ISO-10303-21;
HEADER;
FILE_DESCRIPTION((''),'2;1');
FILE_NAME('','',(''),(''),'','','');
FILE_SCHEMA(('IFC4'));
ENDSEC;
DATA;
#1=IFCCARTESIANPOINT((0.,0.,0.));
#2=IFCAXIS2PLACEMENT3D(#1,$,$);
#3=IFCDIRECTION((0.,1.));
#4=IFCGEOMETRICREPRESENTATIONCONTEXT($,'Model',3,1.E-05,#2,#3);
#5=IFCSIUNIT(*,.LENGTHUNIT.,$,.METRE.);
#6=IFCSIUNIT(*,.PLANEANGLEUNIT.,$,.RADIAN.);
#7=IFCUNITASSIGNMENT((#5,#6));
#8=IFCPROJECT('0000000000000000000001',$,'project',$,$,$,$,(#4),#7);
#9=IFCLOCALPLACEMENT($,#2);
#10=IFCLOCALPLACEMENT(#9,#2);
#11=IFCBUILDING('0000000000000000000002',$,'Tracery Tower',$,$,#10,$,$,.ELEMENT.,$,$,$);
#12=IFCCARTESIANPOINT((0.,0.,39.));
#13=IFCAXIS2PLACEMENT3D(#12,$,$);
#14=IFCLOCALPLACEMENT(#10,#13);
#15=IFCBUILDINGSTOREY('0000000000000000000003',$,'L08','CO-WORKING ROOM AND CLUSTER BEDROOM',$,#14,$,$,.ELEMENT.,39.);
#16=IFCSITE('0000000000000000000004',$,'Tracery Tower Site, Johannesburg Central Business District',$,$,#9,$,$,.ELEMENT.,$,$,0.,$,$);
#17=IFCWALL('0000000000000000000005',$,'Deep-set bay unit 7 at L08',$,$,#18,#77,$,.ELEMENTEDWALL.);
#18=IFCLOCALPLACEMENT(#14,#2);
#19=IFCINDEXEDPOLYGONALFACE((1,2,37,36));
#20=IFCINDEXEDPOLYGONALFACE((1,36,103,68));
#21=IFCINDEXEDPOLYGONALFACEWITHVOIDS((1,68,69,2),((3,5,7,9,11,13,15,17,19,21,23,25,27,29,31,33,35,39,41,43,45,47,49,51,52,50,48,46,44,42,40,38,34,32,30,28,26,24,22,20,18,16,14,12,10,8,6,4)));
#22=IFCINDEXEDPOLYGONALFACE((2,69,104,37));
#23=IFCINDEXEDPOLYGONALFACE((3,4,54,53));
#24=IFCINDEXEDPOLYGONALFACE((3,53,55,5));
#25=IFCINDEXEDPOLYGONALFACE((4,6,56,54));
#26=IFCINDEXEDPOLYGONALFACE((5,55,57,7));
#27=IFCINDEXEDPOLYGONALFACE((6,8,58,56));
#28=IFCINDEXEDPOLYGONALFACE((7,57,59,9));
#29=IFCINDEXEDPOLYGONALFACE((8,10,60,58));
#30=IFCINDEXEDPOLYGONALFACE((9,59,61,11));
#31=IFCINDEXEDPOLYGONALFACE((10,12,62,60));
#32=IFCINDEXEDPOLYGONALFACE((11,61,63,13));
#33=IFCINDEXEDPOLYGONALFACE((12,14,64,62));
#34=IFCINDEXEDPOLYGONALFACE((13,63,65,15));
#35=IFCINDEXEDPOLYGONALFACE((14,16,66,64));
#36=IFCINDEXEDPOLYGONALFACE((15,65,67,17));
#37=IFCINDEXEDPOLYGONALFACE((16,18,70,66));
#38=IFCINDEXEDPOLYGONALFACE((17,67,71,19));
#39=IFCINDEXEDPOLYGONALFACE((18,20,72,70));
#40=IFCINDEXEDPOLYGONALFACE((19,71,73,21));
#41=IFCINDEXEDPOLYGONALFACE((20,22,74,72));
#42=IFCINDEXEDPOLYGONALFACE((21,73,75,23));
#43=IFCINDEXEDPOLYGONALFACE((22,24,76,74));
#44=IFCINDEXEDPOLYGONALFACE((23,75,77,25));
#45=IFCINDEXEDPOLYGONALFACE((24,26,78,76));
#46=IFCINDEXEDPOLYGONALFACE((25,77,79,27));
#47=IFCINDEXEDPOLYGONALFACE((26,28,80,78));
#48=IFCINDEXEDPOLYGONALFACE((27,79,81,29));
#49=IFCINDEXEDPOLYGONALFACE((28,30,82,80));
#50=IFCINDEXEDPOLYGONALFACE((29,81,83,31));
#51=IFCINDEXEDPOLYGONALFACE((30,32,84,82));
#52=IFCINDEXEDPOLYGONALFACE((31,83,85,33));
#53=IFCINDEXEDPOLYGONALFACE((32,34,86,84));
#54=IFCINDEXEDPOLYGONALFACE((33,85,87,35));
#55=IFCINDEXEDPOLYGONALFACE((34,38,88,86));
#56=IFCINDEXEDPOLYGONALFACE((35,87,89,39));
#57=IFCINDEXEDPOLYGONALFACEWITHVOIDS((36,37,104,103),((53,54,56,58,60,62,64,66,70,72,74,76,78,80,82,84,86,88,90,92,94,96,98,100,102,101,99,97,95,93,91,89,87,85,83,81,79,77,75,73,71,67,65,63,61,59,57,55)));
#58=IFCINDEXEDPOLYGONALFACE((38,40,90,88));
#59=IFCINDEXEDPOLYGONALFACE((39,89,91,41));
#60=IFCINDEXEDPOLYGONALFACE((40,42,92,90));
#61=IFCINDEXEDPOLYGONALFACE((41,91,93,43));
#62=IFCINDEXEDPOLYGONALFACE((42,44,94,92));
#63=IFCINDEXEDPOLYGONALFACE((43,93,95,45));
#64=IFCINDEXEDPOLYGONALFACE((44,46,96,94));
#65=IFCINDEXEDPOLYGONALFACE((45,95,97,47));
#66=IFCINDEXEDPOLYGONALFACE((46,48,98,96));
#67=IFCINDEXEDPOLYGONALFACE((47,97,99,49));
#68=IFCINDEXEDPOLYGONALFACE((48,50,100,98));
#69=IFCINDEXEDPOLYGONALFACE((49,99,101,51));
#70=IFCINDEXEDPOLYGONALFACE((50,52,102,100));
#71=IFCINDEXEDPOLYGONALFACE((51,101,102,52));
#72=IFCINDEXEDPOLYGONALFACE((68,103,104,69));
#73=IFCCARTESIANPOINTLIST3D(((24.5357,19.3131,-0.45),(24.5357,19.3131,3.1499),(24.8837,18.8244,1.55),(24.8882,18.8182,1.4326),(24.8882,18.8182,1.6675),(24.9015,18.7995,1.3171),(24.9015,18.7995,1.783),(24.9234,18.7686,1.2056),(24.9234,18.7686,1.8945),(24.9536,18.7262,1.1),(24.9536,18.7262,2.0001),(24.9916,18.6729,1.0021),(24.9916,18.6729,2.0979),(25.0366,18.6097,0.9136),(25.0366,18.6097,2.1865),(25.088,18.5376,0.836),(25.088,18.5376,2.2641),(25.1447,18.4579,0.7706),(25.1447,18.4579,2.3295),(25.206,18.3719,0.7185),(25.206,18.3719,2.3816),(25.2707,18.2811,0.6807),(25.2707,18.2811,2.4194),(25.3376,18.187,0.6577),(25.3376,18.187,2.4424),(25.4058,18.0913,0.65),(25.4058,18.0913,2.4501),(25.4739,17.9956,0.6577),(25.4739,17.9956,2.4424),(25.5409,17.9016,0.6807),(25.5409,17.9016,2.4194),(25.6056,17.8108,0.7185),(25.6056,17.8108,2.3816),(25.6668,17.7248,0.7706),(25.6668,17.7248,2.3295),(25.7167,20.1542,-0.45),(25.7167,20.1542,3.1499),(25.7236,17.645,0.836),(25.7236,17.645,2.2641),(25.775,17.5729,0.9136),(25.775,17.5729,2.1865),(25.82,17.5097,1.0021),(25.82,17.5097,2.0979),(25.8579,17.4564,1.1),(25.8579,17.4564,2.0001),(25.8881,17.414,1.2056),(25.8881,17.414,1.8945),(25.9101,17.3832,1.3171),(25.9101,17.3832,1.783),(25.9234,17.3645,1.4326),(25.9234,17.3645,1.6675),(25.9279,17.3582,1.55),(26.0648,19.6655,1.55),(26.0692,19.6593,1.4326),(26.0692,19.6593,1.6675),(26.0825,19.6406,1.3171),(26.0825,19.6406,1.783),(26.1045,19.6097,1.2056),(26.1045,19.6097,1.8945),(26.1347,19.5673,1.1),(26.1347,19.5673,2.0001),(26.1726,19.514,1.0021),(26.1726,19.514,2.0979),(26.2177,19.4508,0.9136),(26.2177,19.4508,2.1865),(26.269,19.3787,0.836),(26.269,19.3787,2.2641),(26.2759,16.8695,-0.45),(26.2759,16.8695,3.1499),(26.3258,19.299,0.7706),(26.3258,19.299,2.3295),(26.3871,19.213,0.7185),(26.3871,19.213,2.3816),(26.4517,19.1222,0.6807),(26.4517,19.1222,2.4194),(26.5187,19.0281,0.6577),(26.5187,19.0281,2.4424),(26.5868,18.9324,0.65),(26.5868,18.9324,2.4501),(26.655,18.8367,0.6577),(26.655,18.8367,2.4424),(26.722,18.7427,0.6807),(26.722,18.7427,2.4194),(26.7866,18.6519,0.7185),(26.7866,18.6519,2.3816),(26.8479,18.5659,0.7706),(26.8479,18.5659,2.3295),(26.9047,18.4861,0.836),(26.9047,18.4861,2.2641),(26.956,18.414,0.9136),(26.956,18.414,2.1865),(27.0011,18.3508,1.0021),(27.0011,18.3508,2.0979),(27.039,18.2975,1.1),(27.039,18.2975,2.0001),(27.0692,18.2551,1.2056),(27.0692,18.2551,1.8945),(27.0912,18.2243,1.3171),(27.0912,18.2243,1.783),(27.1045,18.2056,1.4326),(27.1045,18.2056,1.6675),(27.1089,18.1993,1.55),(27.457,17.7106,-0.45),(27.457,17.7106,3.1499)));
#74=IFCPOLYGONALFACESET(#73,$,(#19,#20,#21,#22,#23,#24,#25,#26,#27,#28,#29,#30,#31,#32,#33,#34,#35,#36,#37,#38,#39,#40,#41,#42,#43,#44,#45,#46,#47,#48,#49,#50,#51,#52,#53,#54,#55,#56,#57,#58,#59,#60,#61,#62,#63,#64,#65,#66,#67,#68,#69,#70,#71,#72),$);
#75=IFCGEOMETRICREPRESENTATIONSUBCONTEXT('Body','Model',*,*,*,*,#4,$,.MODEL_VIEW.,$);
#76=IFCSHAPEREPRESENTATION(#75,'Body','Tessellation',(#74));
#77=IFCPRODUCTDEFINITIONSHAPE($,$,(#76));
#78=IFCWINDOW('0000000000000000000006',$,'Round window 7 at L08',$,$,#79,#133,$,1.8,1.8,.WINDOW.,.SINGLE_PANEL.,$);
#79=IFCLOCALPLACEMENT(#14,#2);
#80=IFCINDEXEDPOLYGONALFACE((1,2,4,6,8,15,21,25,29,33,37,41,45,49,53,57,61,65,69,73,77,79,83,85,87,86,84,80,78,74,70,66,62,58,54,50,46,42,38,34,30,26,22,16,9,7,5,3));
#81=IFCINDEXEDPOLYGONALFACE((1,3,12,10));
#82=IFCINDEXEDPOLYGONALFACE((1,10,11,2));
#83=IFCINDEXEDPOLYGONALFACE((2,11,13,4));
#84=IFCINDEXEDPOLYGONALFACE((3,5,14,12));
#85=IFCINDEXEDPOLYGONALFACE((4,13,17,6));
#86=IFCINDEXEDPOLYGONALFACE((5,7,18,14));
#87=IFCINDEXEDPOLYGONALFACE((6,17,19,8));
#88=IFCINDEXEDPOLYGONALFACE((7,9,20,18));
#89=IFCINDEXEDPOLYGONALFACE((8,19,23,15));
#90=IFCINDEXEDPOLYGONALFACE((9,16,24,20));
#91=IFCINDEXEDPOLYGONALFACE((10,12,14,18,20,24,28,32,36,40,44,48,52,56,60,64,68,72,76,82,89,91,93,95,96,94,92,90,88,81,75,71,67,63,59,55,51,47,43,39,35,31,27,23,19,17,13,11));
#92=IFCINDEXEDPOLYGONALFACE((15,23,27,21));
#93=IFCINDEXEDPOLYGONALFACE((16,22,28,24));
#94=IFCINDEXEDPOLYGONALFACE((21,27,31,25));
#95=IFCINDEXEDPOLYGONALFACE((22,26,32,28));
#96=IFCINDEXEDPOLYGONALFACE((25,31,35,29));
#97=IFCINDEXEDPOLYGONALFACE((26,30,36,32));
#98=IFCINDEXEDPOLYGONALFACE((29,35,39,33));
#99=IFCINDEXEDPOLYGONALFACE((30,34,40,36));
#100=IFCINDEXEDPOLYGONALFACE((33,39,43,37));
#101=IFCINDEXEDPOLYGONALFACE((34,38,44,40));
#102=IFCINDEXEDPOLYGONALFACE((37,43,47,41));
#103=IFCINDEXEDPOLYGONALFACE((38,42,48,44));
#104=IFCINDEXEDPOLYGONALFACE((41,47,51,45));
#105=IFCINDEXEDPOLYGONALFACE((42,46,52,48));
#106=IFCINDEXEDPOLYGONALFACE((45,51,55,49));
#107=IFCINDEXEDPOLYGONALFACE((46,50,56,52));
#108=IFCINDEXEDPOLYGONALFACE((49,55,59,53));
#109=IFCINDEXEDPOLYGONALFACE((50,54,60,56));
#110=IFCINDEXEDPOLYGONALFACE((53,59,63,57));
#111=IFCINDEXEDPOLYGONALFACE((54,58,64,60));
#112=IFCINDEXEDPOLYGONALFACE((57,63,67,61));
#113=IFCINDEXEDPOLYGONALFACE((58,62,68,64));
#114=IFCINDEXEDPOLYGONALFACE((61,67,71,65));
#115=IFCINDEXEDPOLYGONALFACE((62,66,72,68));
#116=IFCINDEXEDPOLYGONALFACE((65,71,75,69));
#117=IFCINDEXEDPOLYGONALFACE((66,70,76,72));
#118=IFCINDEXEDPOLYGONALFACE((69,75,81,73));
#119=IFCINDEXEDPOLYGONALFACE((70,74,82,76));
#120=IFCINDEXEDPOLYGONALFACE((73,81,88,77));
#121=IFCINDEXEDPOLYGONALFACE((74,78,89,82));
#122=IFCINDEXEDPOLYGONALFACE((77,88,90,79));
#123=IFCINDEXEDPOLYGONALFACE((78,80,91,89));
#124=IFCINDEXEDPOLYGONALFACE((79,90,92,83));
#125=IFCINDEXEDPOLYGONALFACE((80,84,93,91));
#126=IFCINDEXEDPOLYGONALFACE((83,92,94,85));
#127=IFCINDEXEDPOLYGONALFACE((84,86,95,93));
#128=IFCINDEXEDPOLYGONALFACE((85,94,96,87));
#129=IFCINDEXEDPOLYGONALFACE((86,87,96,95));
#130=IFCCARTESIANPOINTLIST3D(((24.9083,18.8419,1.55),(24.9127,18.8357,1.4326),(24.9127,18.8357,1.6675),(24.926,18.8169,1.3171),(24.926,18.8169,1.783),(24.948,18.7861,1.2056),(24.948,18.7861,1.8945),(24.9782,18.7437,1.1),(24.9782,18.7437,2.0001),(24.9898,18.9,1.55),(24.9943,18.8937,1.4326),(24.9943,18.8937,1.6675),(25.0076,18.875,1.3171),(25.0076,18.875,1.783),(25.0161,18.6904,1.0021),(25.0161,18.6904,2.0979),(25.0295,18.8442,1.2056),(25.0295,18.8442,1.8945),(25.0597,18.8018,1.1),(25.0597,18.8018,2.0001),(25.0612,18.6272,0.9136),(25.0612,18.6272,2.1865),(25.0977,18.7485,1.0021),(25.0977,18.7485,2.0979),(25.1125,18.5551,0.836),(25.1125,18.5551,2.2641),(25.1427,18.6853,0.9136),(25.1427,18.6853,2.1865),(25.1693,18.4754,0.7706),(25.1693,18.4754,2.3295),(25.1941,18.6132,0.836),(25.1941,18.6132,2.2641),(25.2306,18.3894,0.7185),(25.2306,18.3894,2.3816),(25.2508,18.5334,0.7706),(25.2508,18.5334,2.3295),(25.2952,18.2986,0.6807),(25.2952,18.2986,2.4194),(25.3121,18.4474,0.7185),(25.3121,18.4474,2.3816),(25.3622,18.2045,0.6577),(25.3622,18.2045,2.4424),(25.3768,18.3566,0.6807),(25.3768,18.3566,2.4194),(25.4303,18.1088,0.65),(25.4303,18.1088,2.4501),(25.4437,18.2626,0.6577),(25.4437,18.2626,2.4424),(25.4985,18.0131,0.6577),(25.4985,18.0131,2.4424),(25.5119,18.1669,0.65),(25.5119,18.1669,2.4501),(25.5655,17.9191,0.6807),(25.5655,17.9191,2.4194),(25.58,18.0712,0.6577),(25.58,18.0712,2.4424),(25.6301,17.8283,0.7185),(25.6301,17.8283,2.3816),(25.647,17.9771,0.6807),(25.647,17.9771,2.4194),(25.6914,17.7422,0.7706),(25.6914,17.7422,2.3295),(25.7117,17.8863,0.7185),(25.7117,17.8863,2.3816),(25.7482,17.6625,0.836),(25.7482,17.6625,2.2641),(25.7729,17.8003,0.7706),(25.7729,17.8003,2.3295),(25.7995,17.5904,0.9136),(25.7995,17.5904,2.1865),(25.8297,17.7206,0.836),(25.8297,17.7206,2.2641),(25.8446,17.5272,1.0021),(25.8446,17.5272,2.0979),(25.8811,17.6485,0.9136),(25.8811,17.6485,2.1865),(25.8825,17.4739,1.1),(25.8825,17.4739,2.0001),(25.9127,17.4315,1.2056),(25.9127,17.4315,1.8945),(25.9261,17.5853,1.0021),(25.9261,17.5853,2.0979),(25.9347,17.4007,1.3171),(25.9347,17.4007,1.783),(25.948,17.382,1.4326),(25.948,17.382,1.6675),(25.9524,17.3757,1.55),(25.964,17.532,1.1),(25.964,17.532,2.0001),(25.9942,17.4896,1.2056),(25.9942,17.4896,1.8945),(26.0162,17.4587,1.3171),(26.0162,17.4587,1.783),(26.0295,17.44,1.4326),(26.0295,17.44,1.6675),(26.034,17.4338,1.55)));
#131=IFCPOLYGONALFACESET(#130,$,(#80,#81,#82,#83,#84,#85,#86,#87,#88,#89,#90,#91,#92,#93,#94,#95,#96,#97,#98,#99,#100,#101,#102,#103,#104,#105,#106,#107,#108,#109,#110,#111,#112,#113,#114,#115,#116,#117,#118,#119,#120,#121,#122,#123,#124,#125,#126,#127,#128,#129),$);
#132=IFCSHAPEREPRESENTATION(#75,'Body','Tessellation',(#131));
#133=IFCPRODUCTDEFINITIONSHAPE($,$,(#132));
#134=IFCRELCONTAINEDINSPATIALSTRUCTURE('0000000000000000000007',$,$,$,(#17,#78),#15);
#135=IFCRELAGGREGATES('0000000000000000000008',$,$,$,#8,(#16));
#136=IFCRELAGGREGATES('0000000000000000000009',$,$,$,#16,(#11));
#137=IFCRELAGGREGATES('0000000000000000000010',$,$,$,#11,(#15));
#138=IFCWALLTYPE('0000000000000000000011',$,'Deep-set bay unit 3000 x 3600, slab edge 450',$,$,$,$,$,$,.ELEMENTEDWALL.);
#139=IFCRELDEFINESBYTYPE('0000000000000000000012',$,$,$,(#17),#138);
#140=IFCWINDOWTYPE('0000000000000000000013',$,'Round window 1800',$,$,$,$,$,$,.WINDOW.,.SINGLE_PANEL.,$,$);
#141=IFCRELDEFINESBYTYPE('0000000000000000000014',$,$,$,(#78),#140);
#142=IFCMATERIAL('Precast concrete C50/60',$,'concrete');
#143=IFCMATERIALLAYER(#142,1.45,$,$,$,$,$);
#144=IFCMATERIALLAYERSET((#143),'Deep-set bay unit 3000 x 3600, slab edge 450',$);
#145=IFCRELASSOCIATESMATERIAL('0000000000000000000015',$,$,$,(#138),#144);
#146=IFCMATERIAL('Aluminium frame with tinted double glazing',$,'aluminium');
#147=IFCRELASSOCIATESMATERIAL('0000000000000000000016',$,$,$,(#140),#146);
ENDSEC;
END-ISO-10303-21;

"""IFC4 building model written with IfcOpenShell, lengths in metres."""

from ifc_helpers import new_model, si_unit, direction, frame, frame_2d, origin, origin_2d, place, context, subcontext, project, spatial, rectangle, circle, extrude, material, layer, layer_set, type_object, element, fill, save


model = new_model("IFC4")

# Units and contexts
model_context = context("Model", 3, precision=1e-05, world=origin(), true_north=direction((0.0, 1.0)))
body_context = subcontext(model_context, "Body", "Model", "MODEL_VIEW")
ifc_project = project(units=[si_unit("LENGTHUNIT", "METRE"), si_unit("PLANEANGLEUNIT", "RADIAN")], contexts=[model_context])

# Site, building, storey
site_placement = place(None, origin())
site = spatial("IfcSite", under=ifc_project, at=site_placement, Name="Tracery Tower Site, Johannesburg Central Business District", CompositionType="ELEMENT", RefElevation=0.0)
building_placement = place(site_placement, origin())
building = spatial("IfcBuilding", under=site, at=building_placement, Name="Tracery Tower", CompositionType="ELEMENT")
storey_placement = place(building_placement, frame((0.0, 0.0, 39.0)))
storey = spatial("IfcBuildingStorey", under=building, at=storey_placement, Name="L08", Description="CO-WORKING ROOM AND CLUSTER BEDROOM", CompositionType="ELEMENT", Elevation=39.0)

# Wall, opening, window
ifc_material_1 = material(Name="Precast concrete C50/60", Category="concrete")
ifc_layer_1 = layer(ifc_material_1, 1.45)
ifc_layer_set_1 = layer_set([ifc_layer_1], Name="Deep-set bay unit 3000 x 3600, slab edge 450")
wall_type_1 = type_object("IfcWallType", Name="Deep-set bay unit 3000 x 3600, slab edge 450", PredefinedType="ELEMENTEDWALL", material=ifc_layer_set_1)
wall_1_placement = place(storey_placement, frame((26.8665, 17.29, -0.45), z_axis=(0.0, 0.0, 1.0), x_axis=(-0.580091, 0.814552, 0.0)))
wall_1 = element("IfcWall", 1, at=wall_1_placement, inside=storey, type_object=wall_type_1, Name="Deep-set bay unit 7 at L08", PredefinedType="ELEMENTEDWALL", context=body_context, shape_type="SweptSolid", body=[
    extrude(rectangle(XDim=3.0, YDim=1.45, at=frame_2d((1.5, 0.0))), origin(), (0.0, 0.0, 1.0), 3.5999),
])
opening_1_placement = place(wall_1_placement, frame((1.5, 0.0, 2.0)))
opening_1 = element("IfcOpeningElement", 2, at=opening_1_placement, cuts=wall_1, PredefinedType="OPENING", context=body_context, shape_type="SweptSolid", body=[
    extrude(circle(Radius=0.9, at=origin_2d()), frame((0.0, 0.7349, 0.0), z_axis=(0.0, -1.0, 0.0), x_axis=(1.0, 0.0, 0.0)), (0.0, 0.0, 1.0), 1.47),
])
ifc_material_2 = material(Name="Aluminium frame with tinted double glazing", Category="aluminium")
window_type = type_object("IfcWindowType", Name="Round window 1800", PartitioningType="SINGLE_PANEL", PredefinedType="WINDOW", material=ifc_material_2)
window_1_placement = place(opening_1_placement, origin())
window_1 = element("IfcWindow", 3, at=window_1_placement, inside=storey, type_object=window_type, Name="Round window 7 at L08", OverallHeight=1.8, OverallWidth=1.8, PartitioningType="SINGLE_PANEL", PredefinedType="WINDOW", context=body_context, shape_type="SweptSolid", body=[
    extrude(circle(Radius=0.9, at=origin_2d()), frame((0.0, 0.6948, 0.0), z_axis=(0.0, -1.0, 0.0), x_axis=(1.0, 0.0, 0.0)), (0.0, 0.0, 1.0), 0.1001),
])
fill(opening_1, window_1)

save(model, "model.ifc")
